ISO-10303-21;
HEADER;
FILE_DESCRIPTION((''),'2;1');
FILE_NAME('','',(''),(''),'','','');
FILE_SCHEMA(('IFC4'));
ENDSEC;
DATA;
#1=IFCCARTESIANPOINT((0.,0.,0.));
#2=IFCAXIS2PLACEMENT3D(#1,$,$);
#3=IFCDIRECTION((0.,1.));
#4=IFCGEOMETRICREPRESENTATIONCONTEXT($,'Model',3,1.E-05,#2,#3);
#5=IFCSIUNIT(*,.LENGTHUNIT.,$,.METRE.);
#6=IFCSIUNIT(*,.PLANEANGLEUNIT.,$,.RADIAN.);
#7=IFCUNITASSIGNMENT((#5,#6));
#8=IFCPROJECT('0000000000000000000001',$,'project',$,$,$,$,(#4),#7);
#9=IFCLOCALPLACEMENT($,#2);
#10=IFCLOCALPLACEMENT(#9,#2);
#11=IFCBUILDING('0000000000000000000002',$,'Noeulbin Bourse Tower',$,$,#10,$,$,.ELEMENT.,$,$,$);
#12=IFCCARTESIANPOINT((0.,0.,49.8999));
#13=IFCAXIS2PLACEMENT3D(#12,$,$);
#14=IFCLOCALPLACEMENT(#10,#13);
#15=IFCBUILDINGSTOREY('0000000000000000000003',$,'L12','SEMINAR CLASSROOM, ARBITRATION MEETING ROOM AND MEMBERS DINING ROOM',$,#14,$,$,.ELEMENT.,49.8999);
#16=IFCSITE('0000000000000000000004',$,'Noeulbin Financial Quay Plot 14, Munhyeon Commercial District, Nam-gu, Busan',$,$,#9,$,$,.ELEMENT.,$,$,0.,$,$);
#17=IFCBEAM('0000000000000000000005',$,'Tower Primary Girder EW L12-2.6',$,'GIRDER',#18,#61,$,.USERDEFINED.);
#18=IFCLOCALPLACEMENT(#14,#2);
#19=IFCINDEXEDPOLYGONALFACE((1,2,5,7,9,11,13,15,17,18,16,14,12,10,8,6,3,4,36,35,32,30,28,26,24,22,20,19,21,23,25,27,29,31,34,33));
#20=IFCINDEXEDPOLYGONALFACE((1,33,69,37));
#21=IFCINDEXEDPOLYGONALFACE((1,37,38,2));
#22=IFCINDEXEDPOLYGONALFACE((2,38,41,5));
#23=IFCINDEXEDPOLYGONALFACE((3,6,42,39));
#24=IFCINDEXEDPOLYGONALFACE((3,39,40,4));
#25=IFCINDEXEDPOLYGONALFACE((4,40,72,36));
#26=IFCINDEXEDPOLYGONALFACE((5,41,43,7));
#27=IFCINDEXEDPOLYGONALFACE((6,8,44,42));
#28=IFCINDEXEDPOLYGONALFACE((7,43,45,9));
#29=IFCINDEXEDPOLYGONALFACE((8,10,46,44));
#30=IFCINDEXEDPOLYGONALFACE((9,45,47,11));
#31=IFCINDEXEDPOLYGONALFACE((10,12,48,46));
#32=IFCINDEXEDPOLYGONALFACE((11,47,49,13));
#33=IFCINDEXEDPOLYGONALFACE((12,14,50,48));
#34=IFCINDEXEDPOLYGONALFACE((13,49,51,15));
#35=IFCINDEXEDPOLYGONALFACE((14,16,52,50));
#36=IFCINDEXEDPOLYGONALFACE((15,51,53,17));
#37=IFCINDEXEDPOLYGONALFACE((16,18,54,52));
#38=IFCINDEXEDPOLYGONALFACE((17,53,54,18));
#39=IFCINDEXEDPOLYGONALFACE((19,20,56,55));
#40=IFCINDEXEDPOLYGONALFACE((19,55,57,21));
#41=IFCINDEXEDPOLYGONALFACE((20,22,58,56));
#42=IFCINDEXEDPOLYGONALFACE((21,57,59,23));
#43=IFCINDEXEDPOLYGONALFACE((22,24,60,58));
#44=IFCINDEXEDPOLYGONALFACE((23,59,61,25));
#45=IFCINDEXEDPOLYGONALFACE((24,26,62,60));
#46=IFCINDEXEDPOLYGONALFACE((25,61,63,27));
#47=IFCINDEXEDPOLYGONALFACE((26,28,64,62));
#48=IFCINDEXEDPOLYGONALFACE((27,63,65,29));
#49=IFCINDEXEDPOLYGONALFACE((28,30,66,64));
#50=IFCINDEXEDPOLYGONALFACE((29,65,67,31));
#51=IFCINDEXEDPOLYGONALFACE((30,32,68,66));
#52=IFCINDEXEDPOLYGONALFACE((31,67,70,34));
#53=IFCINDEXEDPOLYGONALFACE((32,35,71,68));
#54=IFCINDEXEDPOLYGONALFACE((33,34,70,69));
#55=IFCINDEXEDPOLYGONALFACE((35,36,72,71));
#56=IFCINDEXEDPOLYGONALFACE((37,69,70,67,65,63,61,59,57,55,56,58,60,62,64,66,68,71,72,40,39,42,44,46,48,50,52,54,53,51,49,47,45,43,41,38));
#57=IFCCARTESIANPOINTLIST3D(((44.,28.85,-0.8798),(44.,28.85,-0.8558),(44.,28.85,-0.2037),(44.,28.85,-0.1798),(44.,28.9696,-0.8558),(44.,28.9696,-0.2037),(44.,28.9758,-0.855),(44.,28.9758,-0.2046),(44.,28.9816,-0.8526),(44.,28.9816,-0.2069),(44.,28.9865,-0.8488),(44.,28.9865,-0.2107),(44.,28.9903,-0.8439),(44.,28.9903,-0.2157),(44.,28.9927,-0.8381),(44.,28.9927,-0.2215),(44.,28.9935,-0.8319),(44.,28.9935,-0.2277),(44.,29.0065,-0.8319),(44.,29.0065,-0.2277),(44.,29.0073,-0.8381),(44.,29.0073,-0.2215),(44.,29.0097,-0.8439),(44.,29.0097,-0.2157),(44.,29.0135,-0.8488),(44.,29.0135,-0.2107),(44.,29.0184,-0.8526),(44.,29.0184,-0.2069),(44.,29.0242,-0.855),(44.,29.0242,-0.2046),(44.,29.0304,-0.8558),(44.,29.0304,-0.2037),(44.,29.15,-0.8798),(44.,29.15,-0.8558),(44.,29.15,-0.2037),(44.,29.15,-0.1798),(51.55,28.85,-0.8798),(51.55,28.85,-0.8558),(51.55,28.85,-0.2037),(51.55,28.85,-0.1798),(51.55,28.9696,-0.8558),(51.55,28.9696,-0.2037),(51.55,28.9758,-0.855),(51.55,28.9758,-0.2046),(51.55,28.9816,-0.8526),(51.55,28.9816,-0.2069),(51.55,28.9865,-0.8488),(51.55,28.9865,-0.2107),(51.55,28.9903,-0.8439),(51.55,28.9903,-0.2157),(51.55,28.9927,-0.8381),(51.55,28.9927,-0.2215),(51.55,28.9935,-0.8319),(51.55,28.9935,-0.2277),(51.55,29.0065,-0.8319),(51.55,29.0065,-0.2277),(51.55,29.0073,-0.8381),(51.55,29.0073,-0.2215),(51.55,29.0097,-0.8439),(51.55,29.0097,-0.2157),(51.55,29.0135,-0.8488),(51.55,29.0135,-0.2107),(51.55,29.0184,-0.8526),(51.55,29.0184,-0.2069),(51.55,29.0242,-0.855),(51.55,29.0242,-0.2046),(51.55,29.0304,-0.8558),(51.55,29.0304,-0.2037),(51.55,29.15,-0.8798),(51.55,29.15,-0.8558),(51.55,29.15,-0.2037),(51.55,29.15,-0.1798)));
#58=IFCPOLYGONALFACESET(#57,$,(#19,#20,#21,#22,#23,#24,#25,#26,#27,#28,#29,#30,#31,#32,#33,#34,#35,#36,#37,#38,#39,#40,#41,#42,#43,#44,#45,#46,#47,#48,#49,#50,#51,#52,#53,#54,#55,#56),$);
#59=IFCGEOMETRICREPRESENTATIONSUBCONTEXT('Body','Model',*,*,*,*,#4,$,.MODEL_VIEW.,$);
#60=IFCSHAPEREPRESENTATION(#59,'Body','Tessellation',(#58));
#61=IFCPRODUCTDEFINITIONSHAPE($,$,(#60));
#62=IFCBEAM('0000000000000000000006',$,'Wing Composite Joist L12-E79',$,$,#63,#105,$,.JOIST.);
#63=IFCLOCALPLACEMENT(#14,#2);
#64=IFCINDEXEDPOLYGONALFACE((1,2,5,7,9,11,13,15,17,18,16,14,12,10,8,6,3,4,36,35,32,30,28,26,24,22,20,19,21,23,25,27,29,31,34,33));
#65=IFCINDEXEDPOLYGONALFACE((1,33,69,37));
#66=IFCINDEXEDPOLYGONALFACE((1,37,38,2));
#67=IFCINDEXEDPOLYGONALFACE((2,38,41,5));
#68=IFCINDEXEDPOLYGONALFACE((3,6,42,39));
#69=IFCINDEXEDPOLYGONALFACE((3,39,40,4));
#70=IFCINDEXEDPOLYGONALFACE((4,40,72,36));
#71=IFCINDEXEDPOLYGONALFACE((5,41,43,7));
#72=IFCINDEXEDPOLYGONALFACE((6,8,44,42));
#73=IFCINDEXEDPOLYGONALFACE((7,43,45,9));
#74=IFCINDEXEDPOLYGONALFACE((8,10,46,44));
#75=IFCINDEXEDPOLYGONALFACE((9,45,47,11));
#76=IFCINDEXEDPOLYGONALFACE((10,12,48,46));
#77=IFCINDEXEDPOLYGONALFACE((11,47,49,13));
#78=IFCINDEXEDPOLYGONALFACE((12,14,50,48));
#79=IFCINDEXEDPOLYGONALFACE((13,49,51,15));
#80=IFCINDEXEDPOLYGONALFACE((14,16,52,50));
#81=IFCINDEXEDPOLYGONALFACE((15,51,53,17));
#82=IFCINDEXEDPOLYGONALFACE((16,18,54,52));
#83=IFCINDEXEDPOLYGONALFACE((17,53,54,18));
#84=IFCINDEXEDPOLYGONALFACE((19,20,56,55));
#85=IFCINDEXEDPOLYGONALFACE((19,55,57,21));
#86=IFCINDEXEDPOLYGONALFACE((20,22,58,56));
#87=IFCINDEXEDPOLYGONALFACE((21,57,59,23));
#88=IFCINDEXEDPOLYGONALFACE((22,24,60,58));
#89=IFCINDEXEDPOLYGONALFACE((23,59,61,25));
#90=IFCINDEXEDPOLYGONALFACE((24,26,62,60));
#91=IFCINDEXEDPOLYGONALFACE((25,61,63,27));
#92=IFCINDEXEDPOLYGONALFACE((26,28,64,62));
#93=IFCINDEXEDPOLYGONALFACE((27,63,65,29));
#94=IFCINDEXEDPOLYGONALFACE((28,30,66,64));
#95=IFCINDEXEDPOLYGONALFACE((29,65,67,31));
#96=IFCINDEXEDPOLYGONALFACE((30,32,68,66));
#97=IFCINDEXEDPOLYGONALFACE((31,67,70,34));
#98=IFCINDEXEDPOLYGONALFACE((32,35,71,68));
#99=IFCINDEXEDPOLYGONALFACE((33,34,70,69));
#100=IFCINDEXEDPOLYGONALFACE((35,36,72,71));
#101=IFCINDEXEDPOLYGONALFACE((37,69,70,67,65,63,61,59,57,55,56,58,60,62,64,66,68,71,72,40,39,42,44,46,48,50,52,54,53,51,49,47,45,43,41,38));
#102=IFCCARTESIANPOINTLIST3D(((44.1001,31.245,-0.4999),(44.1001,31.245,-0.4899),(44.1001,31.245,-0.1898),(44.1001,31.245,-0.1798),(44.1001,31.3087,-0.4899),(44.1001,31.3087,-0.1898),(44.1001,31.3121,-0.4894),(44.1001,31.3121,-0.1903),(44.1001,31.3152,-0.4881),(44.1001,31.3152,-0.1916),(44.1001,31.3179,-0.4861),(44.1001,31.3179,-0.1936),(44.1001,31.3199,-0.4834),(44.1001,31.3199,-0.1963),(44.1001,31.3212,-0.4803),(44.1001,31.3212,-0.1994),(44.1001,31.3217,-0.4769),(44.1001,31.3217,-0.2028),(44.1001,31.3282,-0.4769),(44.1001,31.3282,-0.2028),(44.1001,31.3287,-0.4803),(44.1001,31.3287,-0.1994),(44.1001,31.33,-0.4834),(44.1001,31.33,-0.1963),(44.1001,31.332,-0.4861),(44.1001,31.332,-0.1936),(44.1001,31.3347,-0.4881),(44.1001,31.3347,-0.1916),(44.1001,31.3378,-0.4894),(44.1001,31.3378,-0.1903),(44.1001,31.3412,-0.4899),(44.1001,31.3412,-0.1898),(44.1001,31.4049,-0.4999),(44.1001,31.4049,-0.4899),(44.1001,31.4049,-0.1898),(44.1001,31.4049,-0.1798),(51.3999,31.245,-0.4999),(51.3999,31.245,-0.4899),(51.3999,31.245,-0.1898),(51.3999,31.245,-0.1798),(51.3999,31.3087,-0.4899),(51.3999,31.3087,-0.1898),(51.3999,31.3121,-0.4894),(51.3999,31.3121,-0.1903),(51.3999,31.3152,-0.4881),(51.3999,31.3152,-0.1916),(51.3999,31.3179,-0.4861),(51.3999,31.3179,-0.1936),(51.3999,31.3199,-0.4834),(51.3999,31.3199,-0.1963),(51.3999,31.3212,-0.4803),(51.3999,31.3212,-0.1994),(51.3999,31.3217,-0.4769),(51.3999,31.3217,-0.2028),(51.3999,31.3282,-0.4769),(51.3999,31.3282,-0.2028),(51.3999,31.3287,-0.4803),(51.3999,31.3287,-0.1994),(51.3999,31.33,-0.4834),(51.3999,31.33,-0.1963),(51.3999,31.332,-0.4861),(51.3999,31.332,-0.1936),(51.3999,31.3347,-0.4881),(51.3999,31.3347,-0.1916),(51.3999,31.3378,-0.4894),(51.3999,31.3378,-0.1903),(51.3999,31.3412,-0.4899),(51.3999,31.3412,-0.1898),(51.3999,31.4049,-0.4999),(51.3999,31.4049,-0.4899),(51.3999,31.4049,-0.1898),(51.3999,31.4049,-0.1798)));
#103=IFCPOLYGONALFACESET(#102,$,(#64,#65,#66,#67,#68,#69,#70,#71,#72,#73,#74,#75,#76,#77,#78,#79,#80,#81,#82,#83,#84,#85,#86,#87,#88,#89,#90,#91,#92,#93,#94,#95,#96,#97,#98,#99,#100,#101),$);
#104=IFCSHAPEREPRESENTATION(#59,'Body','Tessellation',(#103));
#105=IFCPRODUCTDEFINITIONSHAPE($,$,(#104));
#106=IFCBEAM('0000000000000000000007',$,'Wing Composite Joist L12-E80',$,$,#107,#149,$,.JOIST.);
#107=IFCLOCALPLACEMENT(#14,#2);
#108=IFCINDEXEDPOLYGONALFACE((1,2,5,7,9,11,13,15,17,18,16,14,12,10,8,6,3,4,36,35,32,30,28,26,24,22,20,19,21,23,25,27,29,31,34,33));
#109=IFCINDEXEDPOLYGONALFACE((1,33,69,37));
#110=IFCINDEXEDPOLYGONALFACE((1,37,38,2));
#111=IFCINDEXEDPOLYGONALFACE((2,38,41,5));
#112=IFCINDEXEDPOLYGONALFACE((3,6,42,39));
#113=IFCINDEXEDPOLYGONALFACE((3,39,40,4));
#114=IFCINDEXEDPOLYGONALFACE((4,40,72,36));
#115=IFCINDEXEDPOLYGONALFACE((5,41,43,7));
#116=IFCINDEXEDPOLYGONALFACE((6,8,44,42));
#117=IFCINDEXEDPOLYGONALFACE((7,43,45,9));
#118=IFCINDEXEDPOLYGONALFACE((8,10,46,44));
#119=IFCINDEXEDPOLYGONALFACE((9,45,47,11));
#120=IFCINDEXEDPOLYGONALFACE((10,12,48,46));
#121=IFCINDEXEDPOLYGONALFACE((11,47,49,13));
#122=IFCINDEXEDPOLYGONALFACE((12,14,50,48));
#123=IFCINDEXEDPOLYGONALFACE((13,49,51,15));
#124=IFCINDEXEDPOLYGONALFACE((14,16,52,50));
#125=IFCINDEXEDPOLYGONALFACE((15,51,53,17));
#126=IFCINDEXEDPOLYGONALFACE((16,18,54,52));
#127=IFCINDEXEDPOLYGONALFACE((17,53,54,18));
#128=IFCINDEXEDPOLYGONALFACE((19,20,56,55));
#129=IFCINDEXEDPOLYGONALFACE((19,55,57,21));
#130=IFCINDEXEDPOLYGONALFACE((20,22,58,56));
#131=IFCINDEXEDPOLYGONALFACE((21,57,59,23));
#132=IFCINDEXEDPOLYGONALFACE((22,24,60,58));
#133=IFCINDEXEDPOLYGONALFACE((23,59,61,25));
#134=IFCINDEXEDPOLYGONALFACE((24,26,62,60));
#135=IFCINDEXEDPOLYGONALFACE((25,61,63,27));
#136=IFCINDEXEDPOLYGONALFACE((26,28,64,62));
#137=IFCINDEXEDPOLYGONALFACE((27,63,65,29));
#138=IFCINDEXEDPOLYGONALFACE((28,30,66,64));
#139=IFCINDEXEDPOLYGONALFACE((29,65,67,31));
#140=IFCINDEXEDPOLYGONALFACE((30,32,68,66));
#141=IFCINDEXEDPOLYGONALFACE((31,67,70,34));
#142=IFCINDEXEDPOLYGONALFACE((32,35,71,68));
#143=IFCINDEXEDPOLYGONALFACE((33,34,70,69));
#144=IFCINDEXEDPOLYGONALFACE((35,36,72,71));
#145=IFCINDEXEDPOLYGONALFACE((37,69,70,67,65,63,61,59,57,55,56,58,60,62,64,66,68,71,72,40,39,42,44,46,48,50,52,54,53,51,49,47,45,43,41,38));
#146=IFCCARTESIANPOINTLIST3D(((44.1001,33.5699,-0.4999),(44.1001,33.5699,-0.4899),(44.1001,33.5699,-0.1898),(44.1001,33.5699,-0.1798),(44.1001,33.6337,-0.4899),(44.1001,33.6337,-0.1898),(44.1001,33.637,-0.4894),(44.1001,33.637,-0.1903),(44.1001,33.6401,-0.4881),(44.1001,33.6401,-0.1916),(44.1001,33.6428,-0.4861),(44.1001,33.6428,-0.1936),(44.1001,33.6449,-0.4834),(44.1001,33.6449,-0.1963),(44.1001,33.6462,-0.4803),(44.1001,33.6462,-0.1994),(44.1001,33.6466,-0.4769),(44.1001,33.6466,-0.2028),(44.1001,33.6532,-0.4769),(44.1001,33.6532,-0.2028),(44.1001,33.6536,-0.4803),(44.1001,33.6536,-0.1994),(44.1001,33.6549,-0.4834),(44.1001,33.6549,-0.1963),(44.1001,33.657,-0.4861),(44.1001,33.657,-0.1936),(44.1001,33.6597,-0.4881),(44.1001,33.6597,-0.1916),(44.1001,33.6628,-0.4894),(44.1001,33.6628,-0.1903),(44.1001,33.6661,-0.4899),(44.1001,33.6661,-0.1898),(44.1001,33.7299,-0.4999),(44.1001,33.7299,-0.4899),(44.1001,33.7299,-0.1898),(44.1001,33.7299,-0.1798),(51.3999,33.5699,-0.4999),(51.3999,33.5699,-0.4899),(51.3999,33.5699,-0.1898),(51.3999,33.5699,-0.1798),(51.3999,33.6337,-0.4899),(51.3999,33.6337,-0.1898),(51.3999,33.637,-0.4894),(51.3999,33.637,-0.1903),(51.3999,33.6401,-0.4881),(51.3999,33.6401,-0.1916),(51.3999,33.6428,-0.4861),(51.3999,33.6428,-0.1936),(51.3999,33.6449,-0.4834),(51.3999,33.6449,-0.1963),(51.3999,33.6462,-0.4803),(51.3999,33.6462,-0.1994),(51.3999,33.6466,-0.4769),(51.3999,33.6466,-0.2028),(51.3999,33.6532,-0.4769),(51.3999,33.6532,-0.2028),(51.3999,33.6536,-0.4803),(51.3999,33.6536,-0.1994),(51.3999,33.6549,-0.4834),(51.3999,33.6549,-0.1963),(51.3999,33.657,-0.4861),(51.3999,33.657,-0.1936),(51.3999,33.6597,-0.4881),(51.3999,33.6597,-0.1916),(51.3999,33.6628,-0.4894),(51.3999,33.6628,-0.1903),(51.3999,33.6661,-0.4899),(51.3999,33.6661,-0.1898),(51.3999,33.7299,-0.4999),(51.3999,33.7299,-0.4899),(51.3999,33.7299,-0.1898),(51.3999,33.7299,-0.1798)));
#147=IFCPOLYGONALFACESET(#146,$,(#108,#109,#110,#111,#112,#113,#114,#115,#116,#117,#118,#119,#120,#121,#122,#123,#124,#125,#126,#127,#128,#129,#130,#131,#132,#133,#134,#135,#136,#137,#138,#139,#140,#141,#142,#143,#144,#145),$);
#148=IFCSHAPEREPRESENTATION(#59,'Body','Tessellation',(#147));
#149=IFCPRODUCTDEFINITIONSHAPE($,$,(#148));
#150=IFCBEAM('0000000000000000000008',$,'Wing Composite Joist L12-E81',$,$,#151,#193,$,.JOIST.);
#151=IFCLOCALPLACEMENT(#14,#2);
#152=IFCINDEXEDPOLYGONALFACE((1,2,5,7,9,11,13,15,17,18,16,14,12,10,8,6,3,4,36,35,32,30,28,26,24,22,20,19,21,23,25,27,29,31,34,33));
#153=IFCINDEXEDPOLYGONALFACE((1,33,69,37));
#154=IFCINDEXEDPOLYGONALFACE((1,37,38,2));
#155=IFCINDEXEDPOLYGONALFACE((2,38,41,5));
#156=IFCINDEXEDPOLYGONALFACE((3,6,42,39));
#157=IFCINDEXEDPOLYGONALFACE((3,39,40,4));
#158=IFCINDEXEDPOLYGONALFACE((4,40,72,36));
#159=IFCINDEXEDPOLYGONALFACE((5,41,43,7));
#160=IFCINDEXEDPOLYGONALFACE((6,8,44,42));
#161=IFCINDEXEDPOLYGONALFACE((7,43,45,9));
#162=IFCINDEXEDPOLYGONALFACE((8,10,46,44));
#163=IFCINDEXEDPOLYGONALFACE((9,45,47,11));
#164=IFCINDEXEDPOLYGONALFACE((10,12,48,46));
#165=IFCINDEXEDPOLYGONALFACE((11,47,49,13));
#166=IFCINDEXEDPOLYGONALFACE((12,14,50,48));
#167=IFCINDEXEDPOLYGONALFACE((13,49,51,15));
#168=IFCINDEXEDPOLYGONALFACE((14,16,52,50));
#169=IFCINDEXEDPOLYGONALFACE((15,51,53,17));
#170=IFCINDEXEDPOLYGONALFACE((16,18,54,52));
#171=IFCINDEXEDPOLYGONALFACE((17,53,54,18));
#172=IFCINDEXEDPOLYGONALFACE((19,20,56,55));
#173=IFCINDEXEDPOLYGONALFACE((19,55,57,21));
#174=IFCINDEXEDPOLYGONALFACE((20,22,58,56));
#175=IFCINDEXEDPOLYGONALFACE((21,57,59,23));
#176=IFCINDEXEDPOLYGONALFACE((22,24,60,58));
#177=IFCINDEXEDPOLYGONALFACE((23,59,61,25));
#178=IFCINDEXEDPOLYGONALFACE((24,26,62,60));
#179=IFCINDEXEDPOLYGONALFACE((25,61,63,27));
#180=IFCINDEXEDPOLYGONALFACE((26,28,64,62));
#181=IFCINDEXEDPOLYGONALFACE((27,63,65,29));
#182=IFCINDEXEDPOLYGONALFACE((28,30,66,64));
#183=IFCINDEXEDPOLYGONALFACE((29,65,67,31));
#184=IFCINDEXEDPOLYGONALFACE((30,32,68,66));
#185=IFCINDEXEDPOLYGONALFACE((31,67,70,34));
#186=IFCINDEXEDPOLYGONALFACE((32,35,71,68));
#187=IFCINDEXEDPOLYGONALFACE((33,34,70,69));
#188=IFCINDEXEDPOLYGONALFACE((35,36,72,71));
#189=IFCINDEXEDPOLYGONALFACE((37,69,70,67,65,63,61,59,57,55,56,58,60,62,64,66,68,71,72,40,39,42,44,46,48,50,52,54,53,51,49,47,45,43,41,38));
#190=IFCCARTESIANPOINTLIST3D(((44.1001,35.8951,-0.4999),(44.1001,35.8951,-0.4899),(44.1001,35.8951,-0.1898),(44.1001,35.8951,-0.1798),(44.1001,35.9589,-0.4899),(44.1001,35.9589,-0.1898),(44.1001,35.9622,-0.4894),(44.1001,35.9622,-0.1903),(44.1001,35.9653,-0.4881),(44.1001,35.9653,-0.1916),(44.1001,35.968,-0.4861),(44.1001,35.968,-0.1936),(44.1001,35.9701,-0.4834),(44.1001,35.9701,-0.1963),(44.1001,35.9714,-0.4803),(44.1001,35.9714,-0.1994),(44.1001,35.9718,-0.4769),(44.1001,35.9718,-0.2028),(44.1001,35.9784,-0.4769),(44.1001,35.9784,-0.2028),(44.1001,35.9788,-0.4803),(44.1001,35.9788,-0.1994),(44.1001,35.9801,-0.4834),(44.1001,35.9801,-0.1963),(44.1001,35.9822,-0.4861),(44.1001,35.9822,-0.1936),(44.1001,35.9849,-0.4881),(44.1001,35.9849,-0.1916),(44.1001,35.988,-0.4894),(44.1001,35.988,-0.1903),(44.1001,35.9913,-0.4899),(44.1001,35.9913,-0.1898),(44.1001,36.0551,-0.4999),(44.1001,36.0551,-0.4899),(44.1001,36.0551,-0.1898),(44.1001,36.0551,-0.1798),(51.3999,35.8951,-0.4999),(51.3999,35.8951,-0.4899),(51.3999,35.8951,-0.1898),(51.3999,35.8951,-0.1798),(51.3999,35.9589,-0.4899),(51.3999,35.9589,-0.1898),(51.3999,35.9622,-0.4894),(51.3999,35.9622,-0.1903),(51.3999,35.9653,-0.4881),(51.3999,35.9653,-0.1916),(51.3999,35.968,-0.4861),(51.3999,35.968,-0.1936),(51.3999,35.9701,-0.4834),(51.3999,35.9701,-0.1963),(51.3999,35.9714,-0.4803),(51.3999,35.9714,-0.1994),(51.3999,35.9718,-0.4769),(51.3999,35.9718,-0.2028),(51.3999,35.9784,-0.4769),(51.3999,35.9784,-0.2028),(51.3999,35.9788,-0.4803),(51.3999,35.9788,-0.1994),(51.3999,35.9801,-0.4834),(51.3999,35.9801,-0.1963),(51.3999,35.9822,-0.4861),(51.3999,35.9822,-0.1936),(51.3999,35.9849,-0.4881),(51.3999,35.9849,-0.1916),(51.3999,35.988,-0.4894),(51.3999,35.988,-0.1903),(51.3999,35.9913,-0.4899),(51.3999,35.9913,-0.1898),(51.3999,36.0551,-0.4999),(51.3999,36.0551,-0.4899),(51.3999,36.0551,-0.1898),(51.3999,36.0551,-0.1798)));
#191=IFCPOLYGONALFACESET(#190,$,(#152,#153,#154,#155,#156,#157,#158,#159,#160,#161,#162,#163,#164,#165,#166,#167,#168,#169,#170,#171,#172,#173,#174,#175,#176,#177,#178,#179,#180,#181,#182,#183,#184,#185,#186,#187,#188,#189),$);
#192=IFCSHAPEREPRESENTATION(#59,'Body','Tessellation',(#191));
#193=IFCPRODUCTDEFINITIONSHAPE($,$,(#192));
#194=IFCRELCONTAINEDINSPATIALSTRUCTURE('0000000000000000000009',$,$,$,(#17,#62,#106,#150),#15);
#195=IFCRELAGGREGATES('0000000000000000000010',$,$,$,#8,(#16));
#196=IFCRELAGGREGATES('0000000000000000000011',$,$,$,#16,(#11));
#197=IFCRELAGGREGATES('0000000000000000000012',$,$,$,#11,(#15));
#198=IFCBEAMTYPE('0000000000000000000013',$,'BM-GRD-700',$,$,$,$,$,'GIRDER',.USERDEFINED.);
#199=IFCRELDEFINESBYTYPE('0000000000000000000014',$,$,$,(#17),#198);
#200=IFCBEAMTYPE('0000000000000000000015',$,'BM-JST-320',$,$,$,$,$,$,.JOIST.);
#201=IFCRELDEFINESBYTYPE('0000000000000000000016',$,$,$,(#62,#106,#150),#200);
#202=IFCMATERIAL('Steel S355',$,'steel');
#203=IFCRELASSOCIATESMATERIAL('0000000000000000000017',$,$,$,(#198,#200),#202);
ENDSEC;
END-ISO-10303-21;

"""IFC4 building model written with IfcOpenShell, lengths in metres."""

from ifc_helpers import new_model, si_unit, direction, frame, origin, origin_2d, place, context, subcontext, project, spatial, i_section, extrude, material, material_profile, profile_set, type_object, element, save


model = new_model("IFC4")

# Units and contexts
model_context = context("Model", 3, precision=1e-05, world=origin(), true_north=direction((0.0, 1.0)))
body_context = subcontext(model_context, "Body", "Model", "MODEL_VIEW")
ifc_project = project(units=[si_unit("LENGTHUNIT", "METRE"), si_unit("PLANEANGLEUNIT", "RADIAN")], contexts=[model_context])

# Site, building, storey
site_placement = place(None, origin())
site = spatial("IfcSite", under=ifc_project, at=site_placement, Name="Noeulbin Financial Quay Plot 14, Munhyeon Commercial District, Nam-gu, Busan", CompositionType="ELEMENT", RefElevation=0.0)
building_placement = place(site_placement, origin())
building = spatial("IfcBuilding", under=site, at=building_placement, Name="Noeulbin Bourse Tower", CompositionType="ELEMENT")
storey_placement = place(building_placement, frame((0.0, 0.0, 49.8999)))
storey = spatial("IfcBuildingStorey", under=building, at=storey_placement, Name="L12", Description="SEMINAR CLASSROOM, ARBITRATION MEETING ROOM AND MEMBERS DINING ROOM", CompositionType="ELEMENT", Elevation=49.8999)

# Shared definitions
ifc_material_1 = material(Name="Steel S355", Category="steel")

# Beams
ifc_material_profile_1 = material_profile(ifc_material_1, i_section(OverallWidth=0.3, OverallDepth=0.7, WebThickness=0.0129, FlangeThickness=0.0239, FilletRadius=0.0239, at=origin_2d()), Name="H-700x300x13x24", Category="LoadBearing")
ifc_profile_set_1 = profile_set([ifc_material_profile_1], Name="Steel S355")
beam_type_1 = type_object("IfcBeamType", Name="BM-GRD-700", ElementType="GIRDER", PredefinedType="USERDEFINED", material=ifc_profile_set_1)
beam_1_placement = place(storey_placement, frame((44.0, 29.0, -0.5298), z_axis=(1.0, 0.0, 0.0), x_axis=(0.0, 1.0, 0.0)))
element("IfcBeam", 1, at=beam_1_placement, inside=storey, type_object=beam_type_1, Name="Tower Primary Girder EW L12-2.6", ObjectType="GIRDER", PredefinedType="USERDEFINED", context=body_context, shape_type="SweptSolid", body=[
    extrude(i_section(OverallWidth=0.3, OverallDepth=0.7, WebThickness=0.0129, FlangeThickness=0.0239, FilletRadius=0.0239, at=origin_2d()), origin(), (0.0, 0.0, 1.0), 7.55),
])
ifc_material_profile_2 = material_profile(ifc_material_1, i_section(OverallWidth=0.1599, OverallDepth=0.3201, WebThickness=0.0066, FlangeThickness=0.01, FilletRadius=0.0129, at=origin_2d()), Name="H-320x160x6.5x10", Category="LoadBearing")
ifc_profile_set_2 = profile_set([ifc_material_profile_2], Name="Steel S355")
beam_type_2 = type_object("IfcBeamType", Name="BM-JST-320", PredefinedType="JOIST", material=ifc_profile_set_2)
for number, where, z_axis, x_axis, name in (
    (2, (44.1001, 31.325, -0.3398), (1.0, 0.0, 0.0), (0.0, 1.0, 0.0), "Wing Composite Joist L12-E79"),
    (3, (44.1001, 33.6499, -0.3398), (1.0, 0.0, 0.0), (0.0, 1.0, 0.0), "Wing Composite Joist L12-E80"),
    (4, (44.1001, 35.9751, -0.3398), (1.0, 0.0, 0.0), (0.0, 1.0, 0.0), "Wing Composite Joist L12-E81"),
):
    element("IfcBeam", number, at=place(storey_placement, frame(where, z_axis=z_axis, x_axis=x_axis)), inside=storey, type_object=beam_type_2, Name=name, PredefinedType="JOIST", context=body_context, shape_type="SweptSolid", body=[
        extrude(i_section(OverallWidth=0.1599, OverallDepth=0.3201, WebThickness=0.0066, FlangeThickness=0.01, FilletRadius=0.0129, at=origin_2d()), origin(), (0.0, 0.0, 1.0), 7.2998),
    ])

save(model, "model.ifc")
